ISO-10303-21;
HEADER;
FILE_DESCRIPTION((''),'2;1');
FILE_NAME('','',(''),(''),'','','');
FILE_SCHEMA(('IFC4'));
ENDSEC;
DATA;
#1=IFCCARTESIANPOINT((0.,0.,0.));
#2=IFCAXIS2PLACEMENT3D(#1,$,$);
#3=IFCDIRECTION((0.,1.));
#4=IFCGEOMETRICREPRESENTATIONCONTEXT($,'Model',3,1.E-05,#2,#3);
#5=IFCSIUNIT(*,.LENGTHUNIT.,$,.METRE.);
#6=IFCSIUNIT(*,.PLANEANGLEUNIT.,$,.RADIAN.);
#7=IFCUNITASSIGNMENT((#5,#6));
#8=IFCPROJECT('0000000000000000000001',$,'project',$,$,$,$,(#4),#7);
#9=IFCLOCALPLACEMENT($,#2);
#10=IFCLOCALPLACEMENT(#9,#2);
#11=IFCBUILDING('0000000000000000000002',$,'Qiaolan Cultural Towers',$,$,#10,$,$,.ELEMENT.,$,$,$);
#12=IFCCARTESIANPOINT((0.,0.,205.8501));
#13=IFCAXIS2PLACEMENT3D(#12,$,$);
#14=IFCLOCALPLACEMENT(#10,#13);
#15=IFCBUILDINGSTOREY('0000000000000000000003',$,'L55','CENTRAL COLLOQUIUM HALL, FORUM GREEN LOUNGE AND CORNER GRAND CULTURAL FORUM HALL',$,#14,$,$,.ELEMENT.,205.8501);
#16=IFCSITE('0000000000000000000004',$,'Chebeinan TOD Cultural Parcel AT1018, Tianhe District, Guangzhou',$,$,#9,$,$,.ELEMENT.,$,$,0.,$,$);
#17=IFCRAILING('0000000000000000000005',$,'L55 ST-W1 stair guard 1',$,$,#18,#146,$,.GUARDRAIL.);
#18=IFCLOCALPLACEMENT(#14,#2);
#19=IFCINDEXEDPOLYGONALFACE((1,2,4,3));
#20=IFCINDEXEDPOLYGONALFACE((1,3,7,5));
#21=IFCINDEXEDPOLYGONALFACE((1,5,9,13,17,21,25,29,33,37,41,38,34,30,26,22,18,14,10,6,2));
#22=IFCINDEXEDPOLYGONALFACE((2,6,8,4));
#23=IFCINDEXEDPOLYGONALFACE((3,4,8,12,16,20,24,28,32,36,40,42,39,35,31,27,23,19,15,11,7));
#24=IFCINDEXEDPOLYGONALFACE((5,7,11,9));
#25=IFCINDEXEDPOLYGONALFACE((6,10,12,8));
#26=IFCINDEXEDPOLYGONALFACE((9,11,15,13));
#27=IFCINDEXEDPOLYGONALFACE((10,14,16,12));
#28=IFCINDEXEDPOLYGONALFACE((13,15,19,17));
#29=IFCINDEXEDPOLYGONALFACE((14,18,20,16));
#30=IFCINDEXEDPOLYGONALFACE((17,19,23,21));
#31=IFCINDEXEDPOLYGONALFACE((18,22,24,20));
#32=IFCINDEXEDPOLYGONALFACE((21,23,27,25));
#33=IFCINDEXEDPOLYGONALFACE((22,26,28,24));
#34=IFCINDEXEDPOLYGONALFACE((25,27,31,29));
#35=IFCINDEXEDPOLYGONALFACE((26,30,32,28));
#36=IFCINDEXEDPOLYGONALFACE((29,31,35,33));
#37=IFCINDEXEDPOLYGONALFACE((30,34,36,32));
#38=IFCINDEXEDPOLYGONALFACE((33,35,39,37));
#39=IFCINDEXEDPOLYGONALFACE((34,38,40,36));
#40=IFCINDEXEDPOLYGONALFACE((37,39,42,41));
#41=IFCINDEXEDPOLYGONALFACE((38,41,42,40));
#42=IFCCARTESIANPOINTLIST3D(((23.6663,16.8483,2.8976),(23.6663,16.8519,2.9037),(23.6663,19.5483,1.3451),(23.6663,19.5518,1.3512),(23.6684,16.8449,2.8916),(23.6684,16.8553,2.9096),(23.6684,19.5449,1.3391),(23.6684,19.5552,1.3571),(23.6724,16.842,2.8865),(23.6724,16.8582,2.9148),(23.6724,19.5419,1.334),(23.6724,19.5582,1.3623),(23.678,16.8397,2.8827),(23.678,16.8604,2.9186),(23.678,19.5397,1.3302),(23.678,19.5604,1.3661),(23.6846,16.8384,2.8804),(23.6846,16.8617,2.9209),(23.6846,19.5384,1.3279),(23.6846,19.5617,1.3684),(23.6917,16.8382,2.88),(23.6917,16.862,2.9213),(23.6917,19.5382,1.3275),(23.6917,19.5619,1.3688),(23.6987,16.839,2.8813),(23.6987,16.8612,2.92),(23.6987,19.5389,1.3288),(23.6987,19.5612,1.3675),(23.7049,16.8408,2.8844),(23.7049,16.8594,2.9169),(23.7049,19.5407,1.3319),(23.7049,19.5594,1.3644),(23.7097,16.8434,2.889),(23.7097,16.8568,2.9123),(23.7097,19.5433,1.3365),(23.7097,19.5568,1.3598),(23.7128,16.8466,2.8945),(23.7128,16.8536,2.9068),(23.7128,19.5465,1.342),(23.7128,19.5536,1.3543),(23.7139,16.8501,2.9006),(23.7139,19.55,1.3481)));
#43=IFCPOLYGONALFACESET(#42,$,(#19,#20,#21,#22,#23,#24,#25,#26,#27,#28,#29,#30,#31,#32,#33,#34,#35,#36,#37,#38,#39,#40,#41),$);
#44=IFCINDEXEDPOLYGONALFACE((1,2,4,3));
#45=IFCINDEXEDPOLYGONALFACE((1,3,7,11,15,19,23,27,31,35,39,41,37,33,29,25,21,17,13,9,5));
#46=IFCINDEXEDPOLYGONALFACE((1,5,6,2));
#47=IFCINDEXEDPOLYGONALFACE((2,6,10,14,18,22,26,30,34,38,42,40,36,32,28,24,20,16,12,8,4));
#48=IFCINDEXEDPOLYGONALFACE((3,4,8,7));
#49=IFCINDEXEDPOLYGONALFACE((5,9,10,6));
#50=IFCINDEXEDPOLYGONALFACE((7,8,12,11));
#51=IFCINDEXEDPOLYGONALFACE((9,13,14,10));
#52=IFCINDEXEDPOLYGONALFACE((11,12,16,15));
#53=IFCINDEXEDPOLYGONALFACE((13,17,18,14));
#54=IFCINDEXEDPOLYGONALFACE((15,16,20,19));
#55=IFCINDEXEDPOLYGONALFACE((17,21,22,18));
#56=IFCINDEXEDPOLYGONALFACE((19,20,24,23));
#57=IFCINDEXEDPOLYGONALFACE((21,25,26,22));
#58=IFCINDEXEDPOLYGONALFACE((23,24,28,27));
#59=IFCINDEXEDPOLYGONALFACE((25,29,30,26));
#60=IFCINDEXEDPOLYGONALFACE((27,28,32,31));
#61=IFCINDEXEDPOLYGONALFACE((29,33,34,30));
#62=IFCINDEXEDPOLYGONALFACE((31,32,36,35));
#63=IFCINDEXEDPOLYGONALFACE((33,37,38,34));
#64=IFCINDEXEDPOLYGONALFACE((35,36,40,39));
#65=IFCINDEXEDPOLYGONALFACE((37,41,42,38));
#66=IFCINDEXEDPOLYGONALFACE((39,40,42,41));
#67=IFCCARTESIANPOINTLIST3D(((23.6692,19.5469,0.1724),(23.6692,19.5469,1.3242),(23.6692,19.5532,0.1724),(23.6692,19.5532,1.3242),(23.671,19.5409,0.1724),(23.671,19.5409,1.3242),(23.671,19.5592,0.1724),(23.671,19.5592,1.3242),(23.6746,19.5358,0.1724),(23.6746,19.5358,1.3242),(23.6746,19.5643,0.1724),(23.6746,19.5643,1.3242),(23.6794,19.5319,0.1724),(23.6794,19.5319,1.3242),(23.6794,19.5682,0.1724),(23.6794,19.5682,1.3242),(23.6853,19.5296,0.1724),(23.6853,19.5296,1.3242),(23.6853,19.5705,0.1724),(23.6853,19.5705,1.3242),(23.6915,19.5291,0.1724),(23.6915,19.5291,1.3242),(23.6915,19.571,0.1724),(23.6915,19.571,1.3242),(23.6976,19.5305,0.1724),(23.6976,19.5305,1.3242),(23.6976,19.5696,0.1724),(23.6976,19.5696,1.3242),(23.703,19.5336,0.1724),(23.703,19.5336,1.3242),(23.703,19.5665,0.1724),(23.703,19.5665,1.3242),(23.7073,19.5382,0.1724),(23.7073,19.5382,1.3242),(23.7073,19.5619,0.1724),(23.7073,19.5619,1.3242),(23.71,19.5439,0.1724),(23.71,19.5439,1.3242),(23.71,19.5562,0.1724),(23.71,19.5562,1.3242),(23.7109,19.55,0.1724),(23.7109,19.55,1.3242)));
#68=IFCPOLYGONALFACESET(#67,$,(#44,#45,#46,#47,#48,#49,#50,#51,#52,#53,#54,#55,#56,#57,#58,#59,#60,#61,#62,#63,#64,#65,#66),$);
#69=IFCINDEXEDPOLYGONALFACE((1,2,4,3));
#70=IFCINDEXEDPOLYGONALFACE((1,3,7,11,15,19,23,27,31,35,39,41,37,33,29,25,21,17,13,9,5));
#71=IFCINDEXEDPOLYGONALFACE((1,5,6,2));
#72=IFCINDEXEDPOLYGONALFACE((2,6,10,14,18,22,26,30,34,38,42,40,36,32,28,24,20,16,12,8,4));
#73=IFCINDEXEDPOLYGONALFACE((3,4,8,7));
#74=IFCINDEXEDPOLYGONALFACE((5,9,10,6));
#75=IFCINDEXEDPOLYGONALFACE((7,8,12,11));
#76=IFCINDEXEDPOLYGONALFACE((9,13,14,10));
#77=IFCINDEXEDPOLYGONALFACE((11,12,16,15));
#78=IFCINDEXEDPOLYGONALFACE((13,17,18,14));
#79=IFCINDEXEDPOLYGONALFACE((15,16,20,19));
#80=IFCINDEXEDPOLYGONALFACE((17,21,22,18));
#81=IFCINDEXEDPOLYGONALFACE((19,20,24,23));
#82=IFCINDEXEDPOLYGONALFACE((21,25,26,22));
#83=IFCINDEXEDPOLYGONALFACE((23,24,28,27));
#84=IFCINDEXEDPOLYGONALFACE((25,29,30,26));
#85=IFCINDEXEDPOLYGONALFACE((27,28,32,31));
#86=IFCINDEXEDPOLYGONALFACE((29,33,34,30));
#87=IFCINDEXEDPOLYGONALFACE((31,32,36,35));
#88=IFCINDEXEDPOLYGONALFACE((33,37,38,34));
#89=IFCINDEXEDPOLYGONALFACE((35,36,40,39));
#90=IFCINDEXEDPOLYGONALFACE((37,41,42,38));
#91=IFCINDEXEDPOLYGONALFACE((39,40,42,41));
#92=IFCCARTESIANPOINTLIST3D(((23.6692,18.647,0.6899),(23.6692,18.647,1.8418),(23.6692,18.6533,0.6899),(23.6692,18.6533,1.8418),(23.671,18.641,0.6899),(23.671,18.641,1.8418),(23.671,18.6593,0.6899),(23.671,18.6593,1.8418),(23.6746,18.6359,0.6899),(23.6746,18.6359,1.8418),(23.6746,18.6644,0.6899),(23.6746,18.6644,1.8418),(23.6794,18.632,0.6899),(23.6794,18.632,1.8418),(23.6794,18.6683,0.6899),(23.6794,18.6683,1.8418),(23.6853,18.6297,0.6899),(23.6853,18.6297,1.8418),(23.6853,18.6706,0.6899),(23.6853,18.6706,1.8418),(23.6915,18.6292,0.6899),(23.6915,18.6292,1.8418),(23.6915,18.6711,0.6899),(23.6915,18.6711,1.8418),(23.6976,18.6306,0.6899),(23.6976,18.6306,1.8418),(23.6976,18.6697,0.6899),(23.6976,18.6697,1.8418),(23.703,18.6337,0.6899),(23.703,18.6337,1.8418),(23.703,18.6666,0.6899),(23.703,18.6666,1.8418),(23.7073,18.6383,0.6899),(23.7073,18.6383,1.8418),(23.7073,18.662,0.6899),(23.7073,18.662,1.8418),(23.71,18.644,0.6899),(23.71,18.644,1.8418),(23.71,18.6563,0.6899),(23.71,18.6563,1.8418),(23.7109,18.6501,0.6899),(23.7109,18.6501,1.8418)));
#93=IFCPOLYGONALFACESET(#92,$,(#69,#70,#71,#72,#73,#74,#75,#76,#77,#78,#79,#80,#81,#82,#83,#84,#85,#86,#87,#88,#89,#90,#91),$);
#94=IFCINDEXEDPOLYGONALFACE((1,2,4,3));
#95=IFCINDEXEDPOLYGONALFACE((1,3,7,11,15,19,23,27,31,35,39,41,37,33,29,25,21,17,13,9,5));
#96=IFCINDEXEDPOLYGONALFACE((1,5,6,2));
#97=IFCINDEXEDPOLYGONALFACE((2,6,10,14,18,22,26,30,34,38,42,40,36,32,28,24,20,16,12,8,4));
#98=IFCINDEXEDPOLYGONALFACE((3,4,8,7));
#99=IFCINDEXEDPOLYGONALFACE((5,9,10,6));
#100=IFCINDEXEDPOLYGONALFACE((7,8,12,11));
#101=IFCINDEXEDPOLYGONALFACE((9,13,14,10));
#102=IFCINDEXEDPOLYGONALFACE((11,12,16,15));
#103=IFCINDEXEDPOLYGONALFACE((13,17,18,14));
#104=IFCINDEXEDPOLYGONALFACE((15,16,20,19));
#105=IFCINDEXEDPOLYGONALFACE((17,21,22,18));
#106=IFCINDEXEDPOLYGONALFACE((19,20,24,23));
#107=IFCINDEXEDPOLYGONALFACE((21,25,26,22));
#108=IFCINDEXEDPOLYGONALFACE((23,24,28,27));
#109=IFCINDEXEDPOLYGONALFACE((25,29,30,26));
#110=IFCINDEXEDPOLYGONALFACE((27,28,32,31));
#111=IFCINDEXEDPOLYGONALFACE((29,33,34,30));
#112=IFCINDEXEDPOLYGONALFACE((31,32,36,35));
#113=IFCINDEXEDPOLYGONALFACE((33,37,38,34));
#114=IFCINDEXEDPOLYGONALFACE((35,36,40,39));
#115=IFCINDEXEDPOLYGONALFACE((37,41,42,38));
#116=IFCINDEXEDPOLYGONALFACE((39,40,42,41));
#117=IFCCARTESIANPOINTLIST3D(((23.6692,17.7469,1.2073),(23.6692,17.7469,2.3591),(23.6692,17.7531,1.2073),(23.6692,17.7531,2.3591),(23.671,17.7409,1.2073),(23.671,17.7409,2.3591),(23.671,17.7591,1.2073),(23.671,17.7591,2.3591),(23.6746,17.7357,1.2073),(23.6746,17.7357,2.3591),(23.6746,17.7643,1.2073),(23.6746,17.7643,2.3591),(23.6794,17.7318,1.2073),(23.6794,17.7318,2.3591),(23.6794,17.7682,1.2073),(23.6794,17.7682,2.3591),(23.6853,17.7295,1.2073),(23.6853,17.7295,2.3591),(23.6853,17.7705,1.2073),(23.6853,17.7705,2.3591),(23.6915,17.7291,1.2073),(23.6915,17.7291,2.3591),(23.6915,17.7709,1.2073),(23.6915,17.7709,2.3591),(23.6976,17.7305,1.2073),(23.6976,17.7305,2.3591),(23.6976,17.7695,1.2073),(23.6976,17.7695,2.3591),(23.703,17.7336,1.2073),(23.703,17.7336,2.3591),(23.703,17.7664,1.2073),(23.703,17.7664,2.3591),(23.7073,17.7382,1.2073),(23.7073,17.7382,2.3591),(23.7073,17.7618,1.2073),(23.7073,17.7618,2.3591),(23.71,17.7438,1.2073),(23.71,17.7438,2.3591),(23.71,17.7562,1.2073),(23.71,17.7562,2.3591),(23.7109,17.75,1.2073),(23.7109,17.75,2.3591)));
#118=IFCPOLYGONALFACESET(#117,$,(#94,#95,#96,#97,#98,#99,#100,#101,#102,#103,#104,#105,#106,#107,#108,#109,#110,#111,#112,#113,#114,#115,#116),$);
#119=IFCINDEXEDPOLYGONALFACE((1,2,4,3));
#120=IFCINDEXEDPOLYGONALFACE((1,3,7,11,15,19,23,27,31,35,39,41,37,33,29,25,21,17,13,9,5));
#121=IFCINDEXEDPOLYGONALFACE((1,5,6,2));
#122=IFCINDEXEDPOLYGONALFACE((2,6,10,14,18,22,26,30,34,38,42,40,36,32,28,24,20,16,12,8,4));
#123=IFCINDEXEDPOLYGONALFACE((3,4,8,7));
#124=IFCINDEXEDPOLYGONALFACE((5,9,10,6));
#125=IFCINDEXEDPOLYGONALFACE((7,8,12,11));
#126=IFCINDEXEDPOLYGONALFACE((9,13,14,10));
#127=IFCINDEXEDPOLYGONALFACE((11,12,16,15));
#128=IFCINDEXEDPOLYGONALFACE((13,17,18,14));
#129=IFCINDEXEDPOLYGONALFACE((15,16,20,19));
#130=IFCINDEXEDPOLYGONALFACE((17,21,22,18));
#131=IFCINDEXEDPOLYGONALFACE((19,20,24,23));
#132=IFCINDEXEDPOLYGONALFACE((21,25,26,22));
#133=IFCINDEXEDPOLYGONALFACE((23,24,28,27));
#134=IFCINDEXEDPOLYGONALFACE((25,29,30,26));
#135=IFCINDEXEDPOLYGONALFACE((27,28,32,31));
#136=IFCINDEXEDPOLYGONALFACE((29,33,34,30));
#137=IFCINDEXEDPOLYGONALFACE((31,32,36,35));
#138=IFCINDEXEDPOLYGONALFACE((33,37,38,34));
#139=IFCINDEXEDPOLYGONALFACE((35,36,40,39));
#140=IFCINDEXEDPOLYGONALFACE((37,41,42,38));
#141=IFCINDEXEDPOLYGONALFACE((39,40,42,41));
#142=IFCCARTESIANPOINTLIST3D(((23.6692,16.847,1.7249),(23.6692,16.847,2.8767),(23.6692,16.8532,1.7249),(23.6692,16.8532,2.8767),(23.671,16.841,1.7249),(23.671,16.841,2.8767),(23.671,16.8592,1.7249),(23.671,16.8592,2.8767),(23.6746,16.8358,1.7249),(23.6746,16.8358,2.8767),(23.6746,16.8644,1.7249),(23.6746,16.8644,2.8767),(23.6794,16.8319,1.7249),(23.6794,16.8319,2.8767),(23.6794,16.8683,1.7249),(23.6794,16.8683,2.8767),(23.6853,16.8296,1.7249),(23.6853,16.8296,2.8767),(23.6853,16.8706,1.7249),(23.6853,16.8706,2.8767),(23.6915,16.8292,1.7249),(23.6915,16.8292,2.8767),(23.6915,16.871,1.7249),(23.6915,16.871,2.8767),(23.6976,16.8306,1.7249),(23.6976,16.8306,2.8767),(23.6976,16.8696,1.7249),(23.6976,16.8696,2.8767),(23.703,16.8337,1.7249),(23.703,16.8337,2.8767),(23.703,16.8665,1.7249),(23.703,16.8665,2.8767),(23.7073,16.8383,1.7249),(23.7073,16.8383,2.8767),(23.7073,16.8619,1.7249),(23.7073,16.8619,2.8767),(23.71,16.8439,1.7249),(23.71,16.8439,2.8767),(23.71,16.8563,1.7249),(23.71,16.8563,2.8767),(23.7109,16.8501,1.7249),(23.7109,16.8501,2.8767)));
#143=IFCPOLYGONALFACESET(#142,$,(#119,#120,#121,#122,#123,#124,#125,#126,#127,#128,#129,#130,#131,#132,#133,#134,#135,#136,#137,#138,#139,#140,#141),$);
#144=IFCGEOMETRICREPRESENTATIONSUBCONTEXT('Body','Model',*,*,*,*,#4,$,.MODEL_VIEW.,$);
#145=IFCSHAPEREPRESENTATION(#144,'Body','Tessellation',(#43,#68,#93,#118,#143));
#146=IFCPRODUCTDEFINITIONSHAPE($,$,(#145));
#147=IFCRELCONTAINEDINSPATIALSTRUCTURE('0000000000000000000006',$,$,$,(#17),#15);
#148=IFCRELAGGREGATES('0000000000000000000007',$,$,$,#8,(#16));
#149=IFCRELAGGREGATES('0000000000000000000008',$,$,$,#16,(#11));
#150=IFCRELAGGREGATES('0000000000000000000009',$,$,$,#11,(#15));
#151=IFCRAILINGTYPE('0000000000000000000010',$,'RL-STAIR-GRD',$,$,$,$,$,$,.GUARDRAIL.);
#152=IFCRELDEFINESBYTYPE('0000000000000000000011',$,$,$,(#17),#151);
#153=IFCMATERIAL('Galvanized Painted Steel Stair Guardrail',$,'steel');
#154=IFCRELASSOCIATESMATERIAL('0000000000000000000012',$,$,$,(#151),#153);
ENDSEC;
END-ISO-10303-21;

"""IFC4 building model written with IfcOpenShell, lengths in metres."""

from ifc_helpers import new_model, si_unit, direction, frame, origin, origin_2d, place, context, subcontext, project, spatial, circle, extrude, material, type_object, element, save


model = new_model("IFC4")

# Units and contexts
model_context = context("Model", 3, precision=1e-05, world=origin(), true_north=direction((0.0, 1.0)))
body_context = subcontext(model_context, "Body", "Model", "MODEL_VIEW")
ifc_project = project(units=[si_unit("LENGTHUNIT", "METRE"), si_unit("PLANEANGLEUNIT", "RADIAN")], contexts=[model_context])

# Site, building, storey
site_placement = place(None, origin())
site = spatial("IfcSite", under=ifc_project, at=site_placement, Name="Chebeinan TOD Cultural Parcel AT1018, Tianhe District, Guangzhou", CompositionType="ELEMENT", RefElevation=0.0)
building_placement = place(site_placement, origin())
building = spatial("IfcBuilding", under=site, at=building_placement, Name="Qiaolan Cultural Towers", CompositionType="ELEMENT")
storey_placement = place(building_placement, frame((0.0, 0.0, 205.8501)))
storey = spatial("IfcBuildingStorey", under=building, at=storey_placement, Name="L55", Description="CENTRAL COLLOQUIUM HALL, FORUM GREEN LOUNGE AND CORNER GRAND CULTURAL FORUM HALL", CompositionType="ELEMENT", Elevation=205.8501)

# Railing
ifc_material_1 = material(Name="Galvanized Painted Steel Stair Guardrail", Category="steel")
railing_type_1 = type_object("IfcRailingType", Name="RL-STAIR-GRD", PredefinedType="GUARDRAIL", material=ifc_material_1)
railing_1_placement = place(storey_placement, frame((23.6899, 19.55, 0.1724)))
element("IfcRailing", 1, at=railing_1_placement, inside=storey, type_object=railing_type_1, Name="L55 ST-W1 stair guard 1", PredefinedType="GUARDRAIL", context=body_context, shape_type="SweptSolid", body=[
    extrude(circle(Radius=0.0239, at=origin_2d()), frame((0.0, 0.0, 1.1758), z_axis=(0.0, -0.866904, 0.498476), x_axis=(1.0, 0.0, 0.0)), (0.0, 0.0, 1.0), 3.1145),
    extrude(circle(Radius=0.021, at=origin_2d()), origin(), (0.0, 0.0, 1.0), 1.1519),
    extrude(circle(Radius=0.021, at=origin_2d()), frame((0.0, -0.8999, 0.5176)), (0.0, 0.0, 1.0), 1.1519),
    extrude(circle(Radius=0.021, at=origin_2d()), frame((0.0, -1.8, 1.0349)), (0.0, 0.0, 1.0), 1.1519),
    extrude(circle(Radius=0.021, at=origin_2d()), frame((0.0, -2.7, 1.5525)), (0.0, 0.0, 1.0), 1.1519),
])

save(model, "model.ifc")
